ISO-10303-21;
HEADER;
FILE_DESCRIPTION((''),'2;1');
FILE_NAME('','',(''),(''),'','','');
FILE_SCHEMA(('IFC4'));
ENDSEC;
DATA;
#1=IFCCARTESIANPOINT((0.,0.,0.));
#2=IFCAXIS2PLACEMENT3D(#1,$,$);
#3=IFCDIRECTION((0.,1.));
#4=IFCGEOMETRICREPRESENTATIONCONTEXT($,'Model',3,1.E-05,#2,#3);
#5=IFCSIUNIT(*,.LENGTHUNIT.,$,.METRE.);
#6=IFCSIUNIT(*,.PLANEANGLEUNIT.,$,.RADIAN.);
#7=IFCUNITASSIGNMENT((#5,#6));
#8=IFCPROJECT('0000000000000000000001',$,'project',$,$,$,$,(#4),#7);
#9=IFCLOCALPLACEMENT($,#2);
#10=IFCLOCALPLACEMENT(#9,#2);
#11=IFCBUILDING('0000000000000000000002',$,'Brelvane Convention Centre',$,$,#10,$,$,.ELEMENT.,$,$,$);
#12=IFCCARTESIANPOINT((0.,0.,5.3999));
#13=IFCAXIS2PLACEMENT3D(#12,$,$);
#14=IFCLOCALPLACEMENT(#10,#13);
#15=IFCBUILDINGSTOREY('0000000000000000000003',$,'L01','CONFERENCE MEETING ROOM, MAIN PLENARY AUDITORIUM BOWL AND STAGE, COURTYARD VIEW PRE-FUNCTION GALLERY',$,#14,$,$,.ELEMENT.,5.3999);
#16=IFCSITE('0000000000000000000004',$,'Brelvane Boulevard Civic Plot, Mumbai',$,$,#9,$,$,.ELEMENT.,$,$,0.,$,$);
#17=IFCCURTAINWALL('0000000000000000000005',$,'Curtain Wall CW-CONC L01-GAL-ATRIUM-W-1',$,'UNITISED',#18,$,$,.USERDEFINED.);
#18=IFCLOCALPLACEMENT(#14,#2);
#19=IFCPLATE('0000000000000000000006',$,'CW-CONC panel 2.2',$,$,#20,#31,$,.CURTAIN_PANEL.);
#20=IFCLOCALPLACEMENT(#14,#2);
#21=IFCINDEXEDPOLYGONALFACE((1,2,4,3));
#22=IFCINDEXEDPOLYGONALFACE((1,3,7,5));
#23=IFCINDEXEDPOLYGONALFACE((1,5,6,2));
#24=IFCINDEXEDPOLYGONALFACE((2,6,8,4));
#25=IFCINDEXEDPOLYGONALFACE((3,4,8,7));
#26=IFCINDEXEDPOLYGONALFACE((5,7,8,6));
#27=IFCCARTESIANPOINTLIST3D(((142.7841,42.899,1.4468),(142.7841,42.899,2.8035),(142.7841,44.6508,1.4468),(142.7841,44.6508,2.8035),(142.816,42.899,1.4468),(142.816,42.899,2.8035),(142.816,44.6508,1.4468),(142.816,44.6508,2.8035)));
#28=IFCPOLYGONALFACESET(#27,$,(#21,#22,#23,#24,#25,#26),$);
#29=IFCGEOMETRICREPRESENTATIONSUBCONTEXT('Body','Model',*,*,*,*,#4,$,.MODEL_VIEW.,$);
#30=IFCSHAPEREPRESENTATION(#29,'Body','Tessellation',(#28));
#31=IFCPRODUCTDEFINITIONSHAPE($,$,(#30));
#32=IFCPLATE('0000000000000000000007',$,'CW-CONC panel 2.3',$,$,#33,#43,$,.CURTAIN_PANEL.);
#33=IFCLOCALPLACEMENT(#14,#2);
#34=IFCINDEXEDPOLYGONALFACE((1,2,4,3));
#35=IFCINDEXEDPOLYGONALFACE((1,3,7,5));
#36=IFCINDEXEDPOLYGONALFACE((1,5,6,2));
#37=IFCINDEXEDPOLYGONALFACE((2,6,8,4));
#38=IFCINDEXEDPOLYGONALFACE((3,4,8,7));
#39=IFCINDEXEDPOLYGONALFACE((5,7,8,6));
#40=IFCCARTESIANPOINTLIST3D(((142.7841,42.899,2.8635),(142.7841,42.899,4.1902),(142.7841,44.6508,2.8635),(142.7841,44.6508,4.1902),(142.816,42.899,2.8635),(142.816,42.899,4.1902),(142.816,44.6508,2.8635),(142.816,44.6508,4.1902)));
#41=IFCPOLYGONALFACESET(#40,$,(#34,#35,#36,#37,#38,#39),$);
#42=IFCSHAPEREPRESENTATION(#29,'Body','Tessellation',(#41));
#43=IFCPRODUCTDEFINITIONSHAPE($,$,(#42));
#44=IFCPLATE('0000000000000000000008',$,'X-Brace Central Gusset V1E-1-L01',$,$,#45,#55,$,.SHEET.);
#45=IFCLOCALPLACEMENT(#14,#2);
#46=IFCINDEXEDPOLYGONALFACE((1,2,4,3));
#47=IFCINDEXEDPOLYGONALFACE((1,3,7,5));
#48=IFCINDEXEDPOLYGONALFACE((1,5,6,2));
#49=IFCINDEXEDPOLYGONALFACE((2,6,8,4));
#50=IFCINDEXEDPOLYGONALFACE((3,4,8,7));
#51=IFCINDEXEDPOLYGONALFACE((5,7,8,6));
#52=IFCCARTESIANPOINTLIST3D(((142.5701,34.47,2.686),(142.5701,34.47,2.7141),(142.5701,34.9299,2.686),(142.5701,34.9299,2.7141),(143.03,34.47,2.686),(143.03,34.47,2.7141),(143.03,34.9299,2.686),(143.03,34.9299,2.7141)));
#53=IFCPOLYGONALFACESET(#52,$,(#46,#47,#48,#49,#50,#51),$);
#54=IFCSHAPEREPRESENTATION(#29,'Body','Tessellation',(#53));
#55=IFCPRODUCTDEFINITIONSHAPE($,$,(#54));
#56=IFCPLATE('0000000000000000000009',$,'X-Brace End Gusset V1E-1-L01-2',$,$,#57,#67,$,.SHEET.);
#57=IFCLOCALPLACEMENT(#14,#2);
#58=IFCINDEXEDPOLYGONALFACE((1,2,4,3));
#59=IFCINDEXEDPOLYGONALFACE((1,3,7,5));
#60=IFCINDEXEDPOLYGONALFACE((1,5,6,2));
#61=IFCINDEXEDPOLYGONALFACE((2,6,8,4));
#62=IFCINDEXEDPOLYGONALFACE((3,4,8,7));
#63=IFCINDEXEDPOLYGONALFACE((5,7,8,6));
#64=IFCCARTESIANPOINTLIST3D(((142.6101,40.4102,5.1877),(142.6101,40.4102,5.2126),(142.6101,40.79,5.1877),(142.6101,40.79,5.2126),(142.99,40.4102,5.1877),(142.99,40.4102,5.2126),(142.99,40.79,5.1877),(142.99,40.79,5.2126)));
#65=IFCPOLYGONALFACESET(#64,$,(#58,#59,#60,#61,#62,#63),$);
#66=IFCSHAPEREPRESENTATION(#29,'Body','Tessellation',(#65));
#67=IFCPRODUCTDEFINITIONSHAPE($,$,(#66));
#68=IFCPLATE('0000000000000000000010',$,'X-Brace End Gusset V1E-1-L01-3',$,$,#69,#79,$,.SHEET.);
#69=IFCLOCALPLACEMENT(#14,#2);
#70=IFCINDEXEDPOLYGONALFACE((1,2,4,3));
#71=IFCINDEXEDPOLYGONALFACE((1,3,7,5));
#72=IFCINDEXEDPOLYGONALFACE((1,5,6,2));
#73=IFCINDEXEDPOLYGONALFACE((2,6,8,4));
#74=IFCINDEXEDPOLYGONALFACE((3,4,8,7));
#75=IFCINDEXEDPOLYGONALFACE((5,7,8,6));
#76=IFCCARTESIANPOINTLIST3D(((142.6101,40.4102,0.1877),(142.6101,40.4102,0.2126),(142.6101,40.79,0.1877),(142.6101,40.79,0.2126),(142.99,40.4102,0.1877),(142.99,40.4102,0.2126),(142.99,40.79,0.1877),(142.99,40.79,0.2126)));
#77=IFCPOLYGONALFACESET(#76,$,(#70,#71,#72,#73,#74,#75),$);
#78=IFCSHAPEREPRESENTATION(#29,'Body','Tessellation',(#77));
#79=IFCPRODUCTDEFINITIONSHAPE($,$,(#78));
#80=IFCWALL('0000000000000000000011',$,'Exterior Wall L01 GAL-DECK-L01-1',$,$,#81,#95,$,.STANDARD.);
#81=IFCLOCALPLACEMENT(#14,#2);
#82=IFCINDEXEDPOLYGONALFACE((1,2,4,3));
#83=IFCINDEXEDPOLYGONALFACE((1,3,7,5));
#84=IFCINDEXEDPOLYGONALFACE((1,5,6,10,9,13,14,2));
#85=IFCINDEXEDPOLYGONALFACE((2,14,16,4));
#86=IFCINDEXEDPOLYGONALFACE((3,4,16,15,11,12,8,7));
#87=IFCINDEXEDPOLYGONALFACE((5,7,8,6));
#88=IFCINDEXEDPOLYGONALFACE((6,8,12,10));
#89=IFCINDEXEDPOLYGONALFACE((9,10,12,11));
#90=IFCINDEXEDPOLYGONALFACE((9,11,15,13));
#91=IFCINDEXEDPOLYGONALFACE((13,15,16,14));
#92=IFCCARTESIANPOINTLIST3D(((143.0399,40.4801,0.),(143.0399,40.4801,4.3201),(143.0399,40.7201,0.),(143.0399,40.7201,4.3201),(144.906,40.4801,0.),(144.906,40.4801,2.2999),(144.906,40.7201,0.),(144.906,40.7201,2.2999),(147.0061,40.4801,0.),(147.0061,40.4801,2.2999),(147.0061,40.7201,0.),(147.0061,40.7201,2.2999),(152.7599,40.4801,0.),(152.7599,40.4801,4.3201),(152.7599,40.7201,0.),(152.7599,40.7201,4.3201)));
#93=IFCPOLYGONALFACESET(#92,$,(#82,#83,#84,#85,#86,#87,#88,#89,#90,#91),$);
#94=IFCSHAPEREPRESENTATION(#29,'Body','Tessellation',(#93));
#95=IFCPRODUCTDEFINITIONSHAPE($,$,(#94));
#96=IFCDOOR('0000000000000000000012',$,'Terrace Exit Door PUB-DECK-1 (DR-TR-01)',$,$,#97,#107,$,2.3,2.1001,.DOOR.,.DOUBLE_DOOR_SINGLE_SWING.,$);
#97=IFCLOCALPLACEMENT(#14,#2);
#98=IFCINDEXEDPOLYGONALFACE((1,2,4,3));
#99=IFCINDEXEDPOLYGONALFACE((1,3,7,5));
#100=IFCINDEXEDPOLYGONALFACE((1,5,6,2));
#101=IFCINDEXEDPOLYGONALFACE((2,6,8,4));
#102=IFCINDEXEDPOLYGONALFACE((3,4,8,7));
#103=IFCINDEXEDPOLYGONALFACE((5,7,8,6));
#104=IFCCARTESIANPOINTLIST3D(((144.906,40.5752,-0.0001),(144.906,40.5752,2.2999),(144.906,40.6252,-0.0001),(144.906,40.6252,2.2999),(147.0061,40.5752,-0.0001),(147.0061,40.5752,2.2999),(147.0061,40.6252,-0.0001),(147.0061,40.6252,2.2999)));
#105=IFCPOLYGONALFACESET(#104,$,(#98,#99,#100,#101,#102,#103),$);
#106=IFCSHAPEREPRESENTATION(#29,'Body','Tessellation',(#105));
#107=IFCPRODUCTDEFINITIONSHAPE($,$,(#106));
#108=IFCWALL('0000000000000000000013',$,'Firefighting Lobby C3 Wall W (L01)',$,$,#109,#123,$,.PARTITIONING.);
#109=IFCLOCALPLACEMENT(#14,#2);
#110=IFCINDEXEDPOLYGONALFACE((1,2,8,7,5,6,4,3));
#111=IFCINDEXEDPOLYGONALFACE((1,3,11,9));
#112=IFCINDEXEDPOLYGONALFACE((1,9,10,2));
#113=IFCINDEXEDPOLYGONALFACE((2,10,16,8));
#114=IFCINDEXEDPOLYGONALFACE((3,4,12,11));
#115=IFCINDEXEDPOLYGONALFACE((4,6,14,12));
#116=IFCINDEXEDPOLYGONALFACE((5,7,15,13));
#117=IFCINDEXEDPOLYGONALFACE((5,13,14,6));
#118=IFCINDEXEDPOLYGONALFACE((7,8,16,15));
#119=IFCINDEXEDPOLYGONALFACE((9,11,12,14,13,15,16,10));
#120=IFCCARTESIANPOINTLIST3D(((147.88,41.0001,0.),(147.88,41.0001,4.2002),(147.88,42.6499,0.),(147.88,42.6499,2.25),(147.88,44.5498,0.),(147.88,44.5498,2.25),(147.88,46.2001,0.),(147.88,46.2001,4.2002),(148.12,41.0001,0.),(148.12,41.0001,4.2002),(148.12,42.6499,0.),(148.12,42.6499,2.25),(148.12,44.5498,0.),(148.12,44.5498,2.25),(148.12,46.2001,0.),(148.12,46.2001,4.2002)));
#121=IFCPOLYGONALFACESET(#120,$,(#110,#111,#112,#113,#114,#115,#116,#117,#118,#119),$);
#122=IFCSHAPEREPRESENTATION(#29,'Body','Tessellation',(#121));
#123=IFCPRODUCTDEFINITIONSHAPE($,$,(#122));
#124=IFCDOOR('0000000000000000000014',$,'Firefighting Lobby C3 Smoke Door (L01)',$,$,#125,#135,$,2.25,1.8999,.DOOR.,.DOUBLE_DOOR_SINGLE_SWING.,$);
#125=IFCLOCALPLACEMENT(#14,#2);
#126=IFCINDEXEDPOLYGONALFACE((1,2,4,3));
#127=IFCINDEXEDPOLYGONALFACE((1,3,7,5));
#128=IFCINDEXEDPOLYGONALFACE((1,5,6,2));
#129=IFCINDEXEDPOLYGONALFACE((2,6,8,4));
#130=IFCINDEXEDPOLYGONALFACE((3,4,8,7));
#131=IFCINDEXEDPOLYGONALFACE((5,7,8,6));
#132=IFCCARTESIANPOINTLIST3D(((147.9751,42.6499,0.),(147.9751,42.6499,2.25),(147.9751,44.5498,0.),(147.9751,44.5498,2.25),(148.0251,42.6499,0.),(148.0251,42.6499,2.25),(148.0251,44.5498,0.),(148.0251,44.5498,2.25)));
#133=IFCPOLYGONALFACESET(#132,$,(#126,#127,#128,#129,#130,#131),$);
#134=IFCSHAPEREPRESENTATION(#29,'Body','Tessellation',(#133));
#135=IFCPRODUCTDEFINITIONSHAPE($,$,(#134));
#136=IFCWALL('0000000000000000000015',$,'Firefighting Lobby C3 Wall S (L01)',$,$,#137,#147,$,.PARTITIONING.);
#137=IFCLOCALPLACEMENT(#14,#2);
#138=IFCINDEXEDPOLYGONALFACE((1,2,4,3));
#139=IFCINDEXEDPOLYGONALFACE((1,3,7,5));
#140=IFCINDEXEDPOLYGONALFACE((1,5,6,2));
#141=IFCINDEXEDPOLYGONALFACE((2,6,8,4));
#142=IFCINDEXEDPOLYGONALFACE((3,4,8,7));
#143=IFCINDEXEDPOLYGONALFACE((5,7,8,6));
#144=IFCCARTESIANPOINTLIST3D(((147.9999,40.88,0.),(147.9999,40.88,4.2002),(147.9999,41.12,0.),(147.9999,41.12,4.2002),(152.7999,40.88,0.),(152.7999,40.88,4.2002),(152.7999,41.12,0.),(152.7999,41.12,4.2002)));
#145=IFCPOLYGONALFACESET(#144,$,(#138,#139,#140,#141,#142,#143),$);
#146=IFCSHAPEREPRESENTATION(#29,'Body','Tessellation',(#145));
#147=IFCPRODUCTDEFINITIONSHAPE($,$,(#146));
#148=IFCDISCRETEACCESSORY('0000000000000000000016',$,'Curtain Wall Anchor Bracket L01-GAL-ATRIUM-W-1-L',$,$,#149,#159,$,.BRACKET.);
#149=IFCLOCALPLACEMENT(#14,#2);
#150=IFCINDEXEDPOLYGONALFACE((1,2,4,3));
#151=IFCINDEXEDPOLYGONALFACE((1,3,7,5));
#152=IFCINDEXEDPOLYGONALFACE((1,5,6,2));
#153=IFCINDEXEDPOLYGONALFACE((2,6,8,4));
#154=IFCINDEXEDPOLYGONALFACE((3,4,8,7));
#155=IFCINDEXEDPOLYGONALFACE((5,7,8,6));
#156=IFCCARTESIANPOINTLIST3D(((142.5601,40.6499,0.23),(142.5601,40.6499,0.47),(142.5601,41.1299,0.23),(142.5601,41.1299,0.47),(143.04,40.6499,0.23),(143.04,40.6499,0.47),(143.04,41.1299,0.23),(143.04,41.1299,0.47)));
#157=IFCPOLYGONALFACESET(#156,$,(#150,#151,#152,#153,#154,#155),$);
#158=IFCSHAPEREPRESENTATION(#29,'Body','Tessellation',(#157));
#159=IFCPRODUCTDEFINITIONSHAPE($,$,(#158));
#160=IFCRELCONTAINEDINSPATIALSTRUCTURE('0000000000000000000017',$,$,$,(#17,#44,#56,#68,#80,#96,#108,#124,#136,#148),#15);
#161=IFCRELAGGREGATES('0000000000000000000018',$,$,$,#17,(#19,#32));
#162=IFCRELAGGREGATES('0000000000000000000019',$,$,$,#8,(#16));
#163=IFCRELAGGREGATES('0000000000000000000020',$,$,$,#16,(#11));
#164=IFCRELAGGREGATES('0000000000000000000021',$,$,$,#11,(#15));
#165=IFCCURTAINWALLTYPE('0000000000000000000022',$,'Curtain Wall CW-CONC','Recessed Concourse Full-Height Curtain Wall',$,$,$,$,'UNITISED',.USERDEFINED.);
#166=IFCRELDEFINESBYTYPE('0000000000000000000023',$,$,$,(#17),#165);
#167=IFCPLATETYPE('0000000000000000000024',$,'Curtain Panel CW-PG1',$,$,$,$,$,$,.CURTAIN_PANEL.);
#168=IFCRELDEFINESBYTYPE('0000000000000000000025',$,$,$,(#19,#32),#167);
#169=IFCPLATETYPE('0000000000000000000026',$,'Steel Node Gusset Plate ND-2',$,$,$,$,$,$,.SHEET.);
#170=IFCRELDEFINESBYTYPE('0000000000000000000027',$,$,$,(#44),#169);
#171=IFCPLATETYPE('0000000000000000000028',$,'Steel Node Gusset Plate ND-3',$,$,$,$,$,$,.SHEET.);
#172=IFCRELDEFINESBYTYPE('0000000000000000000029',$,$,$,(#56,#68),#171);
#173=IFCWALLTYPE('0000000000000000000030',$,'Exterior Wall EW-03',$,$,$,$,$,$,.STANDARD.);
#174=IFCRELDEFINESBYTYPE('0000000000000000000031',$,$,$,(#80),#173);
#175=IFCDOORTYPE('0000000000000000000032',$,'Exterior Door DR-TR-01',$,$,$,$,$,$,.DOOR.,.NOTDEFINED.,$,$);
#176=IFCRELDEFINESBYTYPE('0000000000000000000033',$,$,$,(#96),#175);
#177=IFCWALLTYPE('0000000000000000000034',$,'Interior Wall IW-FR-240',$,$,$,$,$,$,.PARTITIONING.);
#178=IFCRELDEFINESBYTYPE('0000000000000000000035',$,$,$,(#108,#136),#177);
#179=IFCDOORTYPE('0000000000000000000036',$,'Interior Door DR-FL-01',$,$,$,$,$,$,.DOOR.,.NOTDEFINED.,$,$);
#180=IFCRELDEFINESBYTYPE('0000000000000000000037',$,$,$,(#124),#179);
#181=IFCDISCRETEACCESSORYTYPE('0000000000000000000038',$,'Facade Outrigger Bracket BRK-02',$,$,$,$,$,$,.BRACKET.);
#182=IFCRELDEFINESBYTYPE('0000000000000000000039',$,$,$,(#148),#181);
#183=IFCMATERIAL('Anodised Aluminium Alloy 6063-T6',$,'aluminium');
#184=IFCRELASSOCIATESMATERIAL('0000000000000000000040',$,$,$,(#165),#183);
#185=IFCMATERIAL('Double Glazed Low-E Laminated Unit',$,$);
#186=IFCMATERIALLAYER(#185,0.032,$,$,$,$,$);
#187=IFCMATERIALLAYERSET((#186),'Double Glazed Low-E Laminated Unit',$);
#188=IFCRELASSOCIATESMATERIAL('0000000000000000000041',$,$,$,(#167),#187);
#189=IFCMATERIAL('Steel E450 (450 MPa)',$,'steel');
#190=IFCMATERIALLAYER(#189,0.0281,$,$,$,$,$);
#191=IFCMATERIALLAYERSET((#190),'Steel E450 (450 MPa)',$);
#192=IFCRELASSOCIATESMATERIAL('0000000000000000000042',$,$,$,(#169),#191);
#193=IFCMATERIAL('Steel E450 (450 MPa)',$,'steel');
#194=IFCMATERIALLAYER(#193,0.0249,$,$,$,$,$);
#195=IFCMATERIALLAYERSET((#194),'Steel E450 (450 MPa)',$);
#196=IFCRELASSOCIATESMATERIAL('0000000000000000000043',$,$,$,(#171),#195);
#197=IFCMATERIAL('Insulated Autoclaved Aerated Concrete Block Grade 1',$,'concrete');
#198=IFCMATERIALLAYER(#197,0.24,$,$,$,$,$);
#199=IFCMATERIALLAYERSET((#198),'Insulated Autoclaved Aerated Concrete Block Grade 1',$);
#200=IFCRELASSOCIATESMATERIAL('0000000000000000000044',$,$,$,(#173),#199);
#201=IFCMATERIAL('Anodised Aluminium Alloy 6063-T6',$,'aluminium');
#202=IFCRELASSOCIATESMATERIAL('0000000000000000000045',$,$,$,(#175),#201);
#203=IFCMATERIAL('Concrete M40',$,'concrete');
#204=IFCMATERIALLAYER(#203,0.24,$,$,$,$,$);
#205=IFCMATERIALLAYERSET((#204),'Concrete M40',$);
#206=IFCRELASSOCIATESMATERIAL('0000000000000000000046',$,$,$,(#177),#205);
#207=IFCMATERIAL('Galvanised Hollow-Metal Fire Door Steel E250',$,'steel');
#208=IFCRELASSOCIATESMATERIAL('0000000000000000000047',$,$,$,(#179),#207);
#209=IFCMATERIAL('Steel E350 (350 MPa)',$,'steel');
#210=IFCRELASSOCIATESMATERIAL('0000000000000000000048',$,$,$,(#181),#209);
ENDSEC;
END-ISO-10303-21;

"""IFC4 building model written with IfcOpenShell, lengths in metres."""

from ifc_helpers import new_model, si_unit, direction, frame, frame_2d, origin, origin_2d, place, context, subcontext, project, spatial, rectangle, extrude, material, layer, layer_set, type_object, element, fill, aggregate, save


model = new_model("IFC4")

# Units and contexts
model_context = context("Model", 3, precision=1e-05, world=origin(), true_north=direction((0.0, 1.0)))
body_context = subcontext(model_context, "Body", "Model", "MODEL_VIEW")
ifc_project = project(units=[si_unit("LENGTHUNIT", "METRE"), si_unit("PLANEANGLEUNIT", "RADIAN")], contexts=[model_context])

# Site, building, storey
site_placement = place(None, origin())
site = spatial("IfcSite", under=ifc_project, at=site_placement, Name="Brelvane Boulevard Civic Plot, Mumbai", CompositionType="ELEMENT", RefElevation=0.0)
building_placement = place(site_placement, origin())
building = spatial("IfcBuilding", under=site, at=building_placement, Name="Brelvane Convention Centre", CompositionType="ELEMENT")
storey_placement = place(building_placement, frame((0.0, 0.0, 5.3999)))
storey = spatial("IfcBuildingStorey", under=building, at=storey_placement, Name="L01", Description="CONFERENCE MEETING ROOM, MAIN PLENARY AUDITORIUM BOWL AND STAGE, COURTYARD VIEW PRE-FUNCTION GALLERY", CompositionType="ELEMENT", Elevation=5.3999)

# Curtain wall
ifc_material_1 = material(Name="Anodised Aluminium Alloy 6063-T6", Category="aluminium")
curtain_wall_type = type_object("IfcCurtainWallType", Name="Curtain Wall CW-CONC", Description="Recessed Concourse Full-Height Curtain Wall", ElementType="UNITISED", PredefinedType="USERDEFINED", material=ifc_material_1)
curtain_wall_placement = place(storey_placement, origin())
curtain_wall = element("IfcCurtainWall", 1, at=curtain_wall_placement, inside=storey, type_object=curtain_wall_type, Name="Curtain Wall CW-CONC L01-GAL-ATRIUM-W-1", ObjectType="UNITISED", PredefinedType="USERDEFINED")

# Plates
ifc_material_2 = material(Name="Double Glazed Low-E Laminated Unit")
ifc_layer_1 = layer(ifc_material_2, 0.032)
ifc_layer_set_1 = layer_set([ifc_layer_1], Name="Double Glazed Low-E Laminated Unit")
plate_type_1 = type_object("IfcPlateType", Name="Curtain Panel CW-PG1", PredefinedType="CURTAIN_PANEL", material=ifc_layer_set_1)
plate_1_placement = place(storey_placement, frame((142.8, 43.7749, 1.4468), z_axis=(0.0, 0.0, 1.0), x_axis=(0.0, 1.0, 0.0)))
plate_1 = element("IfcPlate", 2, at=plate_1_placement, type_object=plate_type_1, Name="CW-CONC panel 2.2", PredefinedType="CURTAIN_PANEL", context=body_context, shape_type="SweptSolid", body=[
    extrude(rectangle(XDim=1.7517, YDim=0.032, at=origin_2d()), origin(), (0.0, 0.0, 1.0), 1.3567),
])
plate_2_placement = place(storey_placement, frame((142.8, 43.7749, 2.8635), z_axis=(0.0, 0.0, 1.0), x_axis=(0.0, 1.0, 0.0)))
plate_2 = element("IfcPlate", 3, at=plate_2_placement, type_object=plate_type_1, Name="CW-CONC panel 2.3", PredefinedType="CURTAIN_PANEL", context=body_context, shape_type="SweptSolid", body=[
    extrude(rectangle(XDim=1.7517, YDim=0.032, at=origin_2d()), origin(), (0.0, 0.0, 1.0), 1.3267),
])
aggregate(curtain_wall, [plate_1, plate_2])

# Plates
ifc_material_3 = material(Name="Steel E450 (450 MPa)", Category="steel")
ifc_layer_2 = layer(ifc_material_3, 0.0281)
ifc_layer_set_2 = layer_set([ifc_layer_2], Name="Steel E450 (450 MPa)")
plate_type_2 = type_object("IfcPlateType", Name="Steel Node Gusset Plate ND-2", PredefinedType="SHEET", material=ifc_layer_set_2)
plate_3_placement = place(storey_placement, frame((142.8, 34.7, 2.686), z_axis=(0.0, 0.0, 1.0), x_axis=(1.0, 0.0, 0.0)))
element("IfcPlate", 4, at=plate_3_placement, inside=storey, type_object=plate_type_2, Name="X-Brace Central Gusset V1E-1-L01", PredefinedType="SHEET", context=body_context, shape_type="SweptSolid", body=[
    extrude(rectangle(XDim=0.46, YDim=0.46, at=origin_2d()), origin(), (0.0, 0.0, 1.0), 0.0281),
])
ifc_material_4 = material(Name="Steel E450 (450 MPa)", Category="steel")
ifc_layer_3 = layer(ifc_material_4, 0.0249)
ifc_layer_set_3 = layer_set([ifc_layer_3], Name="Steel E450 (450 MPa)")
plate_type_3 = type_object("IfcPlateType", Name="Steel Node Gusset Plate ND-3", PredefinedType="SHEET", material=ifc_layer_set_3)
for number, where, z_axis, x_axis, name in (
    (5, (142.8, 40.6001, 5.1877), (0.0, 0.0, 1.0), (1.0, 0.0, 0.0), "X-Brace End Gusset V1E-1-L01-2"),
    (6, (142.8, 40.6001, 0.1877), (0.0, 0.0, 1.0), (1.0, 0.0, 0.0), "X-Brace End Gusset V1E-1-L01-3"),
):
    element("IfcPlate", number, at=place(storey_placement, frame(where, z_axis=z_axis, x_axis=x_axis)), inside=storey, type_object=plate_type_3, Name=name, PredefinedType="SHEET", context=body_context, shape_type="SweptSolid", body=[
        extrude(rectangle(XDim=0.3799, YDim=0.3799, at=origin_2d()), origin(), (0.0, 0.0, 1.0), 0.0249),
    ])

# Walls, openings, doors
ifc_material_5 = material(Name="Insulated Autoclaved Aerated Concrete Block Grade 1", Category="concrete")
ifc_layer_4 = layer(ifc_material_5, 0.24)
ifc_layer_set_4 = layer_set([ifc_layer_4], Name="Insulated Autoclaved Aerated Concrete Block Grade 1")
wall_type_1 = type_object("IfcWallType", Name="Exterior Wall EW-03", PredefinedType="STANDARD", material=ifc_layer_set_4)
wall_1_placement = place(storey_placement, frame((143.04, 40.6001, 0.0), z_axis=(0.0, 0.0, 1.0), x_axis=(1.0, 0.0, 0.0)))
wall_1 = element("IfcWall", 7, at=wall_1_placement, inside=storey, type_object=wall_type_1, Name="Exterior Wall L01 GAL-DECK-L01-1", PredefinedType="STANDARD", context=body_context, shape_type="SweptSolid", body=[
    extrude(rectangle(XDim=9.72, YDim=0.24, at=frame_2d((4.8599, 0.0))), origin(), (0.0, 0.0, 1.0), 4.3201),
])
opening_1_placement = place(wall_1_placement, frame((1.866, 0.0, 0.0)))
opening_1 = element("IfcOpeningElement", 8, at=opening_1_placement, cuts=wall_1, PredefinedType="OPENING", context=body_context, shape_type="SweptSolid", body=[
    extrude(rectangle(XDim=2.1001, YDim=2.3, at=frame_2d((1.05, 1.1499))), frame((0.0, 0.1299, 0.0), z_axis=(0.0, -1.0, 0.0), x_axis=(1.0, 0.0, 0.0)), (0.0, 0.0, 1.0), 0.26),
])
ifc_material_6 = material(Name="Anodised Aluminium Alloy 6063-T6", Category="aluminium")
door_type_1 = type_object("IfcDoorType", Name="Exterior Door DR-TR-01", OperationType="NOTDEFINED", PredefinedType="DOOR", material=ifc_material_6)
door_1_placement = place(opening_1_placement, frame((2.1001, 0.0, 0.0), z_axis=(0.0, 0.0, 1.0), x_axis=(-1.0, 0.0, 0.0)))
door_1 = element("IfcDoor", 9, at=door_1_placement, inside=storey, type_object=door_type_1, Name="Terrace Exit Door PUB-DECK-1 (DR-TR-01)", OperationType="DOUBLE_DOOR_SINGLE_SWING", OverallHeight=2.3, OverallWidth=2.1001, PredefinedType="DOOR", context=body_context, shape_type="SweptSolid", body=[
    extrude(rectangle(XDim=2.1001, YDim=2.3, at=frame_2d((1.05, 1.1499))), frame((0.0, 0.0249, 0.0), z_axis=(0.0, -1.0, 0.0), x_axis=(1.0, 0.0, 0.0)), (0.0, 0.0, 1.0), 0.05),
])
fill(opening_1, door_1)
ifc_material_7 = material(Name="Concrete M40", Category="concrete")
ifc_layer_5 = layer(ifc_material_7, 0.24)
ifc_layer_set_5 = layer_set([ifc_layer_5], Name="Concrete M40")
wall_type_2 = type_object("IfcWallType", Name="Interior Wall IW-FR-240", PredefinedType="PARTITIONING", material=ifc_layer_set_5)
wall_2_placement = place(storey_placement, frame((148.0, 41.0, 0.0), z_axis=(0.0, 0.0, 1.0), x_axis=(0.0, 1.0, 0.0)))
wall_2 = element("IfcWall", 10, at=wall_2_placement, inside=storey, type_object=wall_type_2, Name="Firefighting Lobby C3 Wall W (L01)", PredefinedType="PARTITIONING", context=body_context, shape_type="SweptSolid", body=[
    extrude(rectangle(XDim=5.2, YDim=0.24, at=frame_2d((2.6001, 0.0))), origin(), (0.0, 0.0, 1.0), 4.2002),
])
opening_2_placement = place(wall_2_placement, frame((1.6499, 0.0, 0.0)))
opening_2 = element("IfcOpeningElement", 11, at=opening_2_placement, cuts=wall_2, PredefinedType="OPENING", context=body_context, shape_type="SweptSolid", body=[
    extrude(rectangle(XDim=1.8999, YDim=2.25, at=frame_2d((0.95, 1.125))), frame((0.0, 0.1299, 0.0), z_axis=(0.0, -1.0, 0.0), x_axis=(1.0, 0.0, 0.0)), (0.0, 0.0, 1.0), 0.26),
])
ifc_material_8 = material(Name="Galvanised Hollow-Metal Fire Door Steel E250", Category="steel")
door_type_2 = type_object("IfcDoorType", Name="Interior Door DR-FL-01", OperationType="NOTDEFINED", PredefinedType="DOOR", material=ifc_material_8)
door_2_placement = place(opening_2_placement, origin())
door_2 = element("IfcDoor", 12, at=door_2_placement, inside=storey, type_object=door_type_2, Name="Firefighting Lobby C3 Smoke Door (L01)", OperationType="DOUBLE_DOOR_SINGLE_SWING", OverallHeight=2.25, OverallWidth=1.8999, PredefinedType="DOOR", context=body_context, shape_type="SweptSolid", body=[
    extrude(rectangle(XDim=1.8999, YDim=2.25, at=frame_2d((0.95, 1.125))), frame((0.0, 0.0249, 0.0), z_axis=(0.0, -1.0, 0.0), x_axis=(1.0, 0.0, 0.0)), (0.0, 0.0, 1.0), 0.05),
])
fill(opening_2, door_2)

# Wall
wall_3_placement = place(storey_placement, frame((148.0, 41.0, 0.0), z_axis=(0.0, 0.0, 1.0), x_axis=(1.0, 0.0, 0.0)))
element("IfcWall", 13, at=wall_3_placement, inside=storey, type_object=wall_type_2, Name="Firefighting Lobby C3 Wall S (L01)", PredefinedType="PARTITIONING", context=body_context, shape_type="SweptSolid", body=[
    extrude(rectangle(XDim=4.8, YDim=0.24, at=frame_2d((2.3999, 0.0))), origin(), (0.0, 0.0, 1.0), 4.2002),
])

# Discrete accessory
ifc_material_9 = material(Name="Steel E350 (350 MPa)", Category="steel")
discrete_accessory_type = type_object("IfcDiscreteAccessoryType", Name="Facade Outrigger Bracket BRK-02", PredefinedType="BRACKET", material=ifc_material_9)
discrete_accessory_placement = place(storey_placement, frame((142.8, 40.8899, 0.23), z_axis=(0.0, 0.0, 1.0), x_axis=(1.0, 0.0, 0.0)))
element("IfcDiscreteAccessory", 14, at=discrete_accessory_placement, inside=storey, type_object=discrete_accessory_type, Name="Curtain Wall Anchor Bracket L01-GAL-ATRIUM-W-1-L", PredefinedType="BRACKET", context=body_context, shape_type="SweptSolid", body=[
    extrude(rectangle(XDim=0.48, YDim=0.48, at=origin_2d()), origin(), (0.0, 0.0, 1.0), 0.24),
])

save(model, "model.ifc")
